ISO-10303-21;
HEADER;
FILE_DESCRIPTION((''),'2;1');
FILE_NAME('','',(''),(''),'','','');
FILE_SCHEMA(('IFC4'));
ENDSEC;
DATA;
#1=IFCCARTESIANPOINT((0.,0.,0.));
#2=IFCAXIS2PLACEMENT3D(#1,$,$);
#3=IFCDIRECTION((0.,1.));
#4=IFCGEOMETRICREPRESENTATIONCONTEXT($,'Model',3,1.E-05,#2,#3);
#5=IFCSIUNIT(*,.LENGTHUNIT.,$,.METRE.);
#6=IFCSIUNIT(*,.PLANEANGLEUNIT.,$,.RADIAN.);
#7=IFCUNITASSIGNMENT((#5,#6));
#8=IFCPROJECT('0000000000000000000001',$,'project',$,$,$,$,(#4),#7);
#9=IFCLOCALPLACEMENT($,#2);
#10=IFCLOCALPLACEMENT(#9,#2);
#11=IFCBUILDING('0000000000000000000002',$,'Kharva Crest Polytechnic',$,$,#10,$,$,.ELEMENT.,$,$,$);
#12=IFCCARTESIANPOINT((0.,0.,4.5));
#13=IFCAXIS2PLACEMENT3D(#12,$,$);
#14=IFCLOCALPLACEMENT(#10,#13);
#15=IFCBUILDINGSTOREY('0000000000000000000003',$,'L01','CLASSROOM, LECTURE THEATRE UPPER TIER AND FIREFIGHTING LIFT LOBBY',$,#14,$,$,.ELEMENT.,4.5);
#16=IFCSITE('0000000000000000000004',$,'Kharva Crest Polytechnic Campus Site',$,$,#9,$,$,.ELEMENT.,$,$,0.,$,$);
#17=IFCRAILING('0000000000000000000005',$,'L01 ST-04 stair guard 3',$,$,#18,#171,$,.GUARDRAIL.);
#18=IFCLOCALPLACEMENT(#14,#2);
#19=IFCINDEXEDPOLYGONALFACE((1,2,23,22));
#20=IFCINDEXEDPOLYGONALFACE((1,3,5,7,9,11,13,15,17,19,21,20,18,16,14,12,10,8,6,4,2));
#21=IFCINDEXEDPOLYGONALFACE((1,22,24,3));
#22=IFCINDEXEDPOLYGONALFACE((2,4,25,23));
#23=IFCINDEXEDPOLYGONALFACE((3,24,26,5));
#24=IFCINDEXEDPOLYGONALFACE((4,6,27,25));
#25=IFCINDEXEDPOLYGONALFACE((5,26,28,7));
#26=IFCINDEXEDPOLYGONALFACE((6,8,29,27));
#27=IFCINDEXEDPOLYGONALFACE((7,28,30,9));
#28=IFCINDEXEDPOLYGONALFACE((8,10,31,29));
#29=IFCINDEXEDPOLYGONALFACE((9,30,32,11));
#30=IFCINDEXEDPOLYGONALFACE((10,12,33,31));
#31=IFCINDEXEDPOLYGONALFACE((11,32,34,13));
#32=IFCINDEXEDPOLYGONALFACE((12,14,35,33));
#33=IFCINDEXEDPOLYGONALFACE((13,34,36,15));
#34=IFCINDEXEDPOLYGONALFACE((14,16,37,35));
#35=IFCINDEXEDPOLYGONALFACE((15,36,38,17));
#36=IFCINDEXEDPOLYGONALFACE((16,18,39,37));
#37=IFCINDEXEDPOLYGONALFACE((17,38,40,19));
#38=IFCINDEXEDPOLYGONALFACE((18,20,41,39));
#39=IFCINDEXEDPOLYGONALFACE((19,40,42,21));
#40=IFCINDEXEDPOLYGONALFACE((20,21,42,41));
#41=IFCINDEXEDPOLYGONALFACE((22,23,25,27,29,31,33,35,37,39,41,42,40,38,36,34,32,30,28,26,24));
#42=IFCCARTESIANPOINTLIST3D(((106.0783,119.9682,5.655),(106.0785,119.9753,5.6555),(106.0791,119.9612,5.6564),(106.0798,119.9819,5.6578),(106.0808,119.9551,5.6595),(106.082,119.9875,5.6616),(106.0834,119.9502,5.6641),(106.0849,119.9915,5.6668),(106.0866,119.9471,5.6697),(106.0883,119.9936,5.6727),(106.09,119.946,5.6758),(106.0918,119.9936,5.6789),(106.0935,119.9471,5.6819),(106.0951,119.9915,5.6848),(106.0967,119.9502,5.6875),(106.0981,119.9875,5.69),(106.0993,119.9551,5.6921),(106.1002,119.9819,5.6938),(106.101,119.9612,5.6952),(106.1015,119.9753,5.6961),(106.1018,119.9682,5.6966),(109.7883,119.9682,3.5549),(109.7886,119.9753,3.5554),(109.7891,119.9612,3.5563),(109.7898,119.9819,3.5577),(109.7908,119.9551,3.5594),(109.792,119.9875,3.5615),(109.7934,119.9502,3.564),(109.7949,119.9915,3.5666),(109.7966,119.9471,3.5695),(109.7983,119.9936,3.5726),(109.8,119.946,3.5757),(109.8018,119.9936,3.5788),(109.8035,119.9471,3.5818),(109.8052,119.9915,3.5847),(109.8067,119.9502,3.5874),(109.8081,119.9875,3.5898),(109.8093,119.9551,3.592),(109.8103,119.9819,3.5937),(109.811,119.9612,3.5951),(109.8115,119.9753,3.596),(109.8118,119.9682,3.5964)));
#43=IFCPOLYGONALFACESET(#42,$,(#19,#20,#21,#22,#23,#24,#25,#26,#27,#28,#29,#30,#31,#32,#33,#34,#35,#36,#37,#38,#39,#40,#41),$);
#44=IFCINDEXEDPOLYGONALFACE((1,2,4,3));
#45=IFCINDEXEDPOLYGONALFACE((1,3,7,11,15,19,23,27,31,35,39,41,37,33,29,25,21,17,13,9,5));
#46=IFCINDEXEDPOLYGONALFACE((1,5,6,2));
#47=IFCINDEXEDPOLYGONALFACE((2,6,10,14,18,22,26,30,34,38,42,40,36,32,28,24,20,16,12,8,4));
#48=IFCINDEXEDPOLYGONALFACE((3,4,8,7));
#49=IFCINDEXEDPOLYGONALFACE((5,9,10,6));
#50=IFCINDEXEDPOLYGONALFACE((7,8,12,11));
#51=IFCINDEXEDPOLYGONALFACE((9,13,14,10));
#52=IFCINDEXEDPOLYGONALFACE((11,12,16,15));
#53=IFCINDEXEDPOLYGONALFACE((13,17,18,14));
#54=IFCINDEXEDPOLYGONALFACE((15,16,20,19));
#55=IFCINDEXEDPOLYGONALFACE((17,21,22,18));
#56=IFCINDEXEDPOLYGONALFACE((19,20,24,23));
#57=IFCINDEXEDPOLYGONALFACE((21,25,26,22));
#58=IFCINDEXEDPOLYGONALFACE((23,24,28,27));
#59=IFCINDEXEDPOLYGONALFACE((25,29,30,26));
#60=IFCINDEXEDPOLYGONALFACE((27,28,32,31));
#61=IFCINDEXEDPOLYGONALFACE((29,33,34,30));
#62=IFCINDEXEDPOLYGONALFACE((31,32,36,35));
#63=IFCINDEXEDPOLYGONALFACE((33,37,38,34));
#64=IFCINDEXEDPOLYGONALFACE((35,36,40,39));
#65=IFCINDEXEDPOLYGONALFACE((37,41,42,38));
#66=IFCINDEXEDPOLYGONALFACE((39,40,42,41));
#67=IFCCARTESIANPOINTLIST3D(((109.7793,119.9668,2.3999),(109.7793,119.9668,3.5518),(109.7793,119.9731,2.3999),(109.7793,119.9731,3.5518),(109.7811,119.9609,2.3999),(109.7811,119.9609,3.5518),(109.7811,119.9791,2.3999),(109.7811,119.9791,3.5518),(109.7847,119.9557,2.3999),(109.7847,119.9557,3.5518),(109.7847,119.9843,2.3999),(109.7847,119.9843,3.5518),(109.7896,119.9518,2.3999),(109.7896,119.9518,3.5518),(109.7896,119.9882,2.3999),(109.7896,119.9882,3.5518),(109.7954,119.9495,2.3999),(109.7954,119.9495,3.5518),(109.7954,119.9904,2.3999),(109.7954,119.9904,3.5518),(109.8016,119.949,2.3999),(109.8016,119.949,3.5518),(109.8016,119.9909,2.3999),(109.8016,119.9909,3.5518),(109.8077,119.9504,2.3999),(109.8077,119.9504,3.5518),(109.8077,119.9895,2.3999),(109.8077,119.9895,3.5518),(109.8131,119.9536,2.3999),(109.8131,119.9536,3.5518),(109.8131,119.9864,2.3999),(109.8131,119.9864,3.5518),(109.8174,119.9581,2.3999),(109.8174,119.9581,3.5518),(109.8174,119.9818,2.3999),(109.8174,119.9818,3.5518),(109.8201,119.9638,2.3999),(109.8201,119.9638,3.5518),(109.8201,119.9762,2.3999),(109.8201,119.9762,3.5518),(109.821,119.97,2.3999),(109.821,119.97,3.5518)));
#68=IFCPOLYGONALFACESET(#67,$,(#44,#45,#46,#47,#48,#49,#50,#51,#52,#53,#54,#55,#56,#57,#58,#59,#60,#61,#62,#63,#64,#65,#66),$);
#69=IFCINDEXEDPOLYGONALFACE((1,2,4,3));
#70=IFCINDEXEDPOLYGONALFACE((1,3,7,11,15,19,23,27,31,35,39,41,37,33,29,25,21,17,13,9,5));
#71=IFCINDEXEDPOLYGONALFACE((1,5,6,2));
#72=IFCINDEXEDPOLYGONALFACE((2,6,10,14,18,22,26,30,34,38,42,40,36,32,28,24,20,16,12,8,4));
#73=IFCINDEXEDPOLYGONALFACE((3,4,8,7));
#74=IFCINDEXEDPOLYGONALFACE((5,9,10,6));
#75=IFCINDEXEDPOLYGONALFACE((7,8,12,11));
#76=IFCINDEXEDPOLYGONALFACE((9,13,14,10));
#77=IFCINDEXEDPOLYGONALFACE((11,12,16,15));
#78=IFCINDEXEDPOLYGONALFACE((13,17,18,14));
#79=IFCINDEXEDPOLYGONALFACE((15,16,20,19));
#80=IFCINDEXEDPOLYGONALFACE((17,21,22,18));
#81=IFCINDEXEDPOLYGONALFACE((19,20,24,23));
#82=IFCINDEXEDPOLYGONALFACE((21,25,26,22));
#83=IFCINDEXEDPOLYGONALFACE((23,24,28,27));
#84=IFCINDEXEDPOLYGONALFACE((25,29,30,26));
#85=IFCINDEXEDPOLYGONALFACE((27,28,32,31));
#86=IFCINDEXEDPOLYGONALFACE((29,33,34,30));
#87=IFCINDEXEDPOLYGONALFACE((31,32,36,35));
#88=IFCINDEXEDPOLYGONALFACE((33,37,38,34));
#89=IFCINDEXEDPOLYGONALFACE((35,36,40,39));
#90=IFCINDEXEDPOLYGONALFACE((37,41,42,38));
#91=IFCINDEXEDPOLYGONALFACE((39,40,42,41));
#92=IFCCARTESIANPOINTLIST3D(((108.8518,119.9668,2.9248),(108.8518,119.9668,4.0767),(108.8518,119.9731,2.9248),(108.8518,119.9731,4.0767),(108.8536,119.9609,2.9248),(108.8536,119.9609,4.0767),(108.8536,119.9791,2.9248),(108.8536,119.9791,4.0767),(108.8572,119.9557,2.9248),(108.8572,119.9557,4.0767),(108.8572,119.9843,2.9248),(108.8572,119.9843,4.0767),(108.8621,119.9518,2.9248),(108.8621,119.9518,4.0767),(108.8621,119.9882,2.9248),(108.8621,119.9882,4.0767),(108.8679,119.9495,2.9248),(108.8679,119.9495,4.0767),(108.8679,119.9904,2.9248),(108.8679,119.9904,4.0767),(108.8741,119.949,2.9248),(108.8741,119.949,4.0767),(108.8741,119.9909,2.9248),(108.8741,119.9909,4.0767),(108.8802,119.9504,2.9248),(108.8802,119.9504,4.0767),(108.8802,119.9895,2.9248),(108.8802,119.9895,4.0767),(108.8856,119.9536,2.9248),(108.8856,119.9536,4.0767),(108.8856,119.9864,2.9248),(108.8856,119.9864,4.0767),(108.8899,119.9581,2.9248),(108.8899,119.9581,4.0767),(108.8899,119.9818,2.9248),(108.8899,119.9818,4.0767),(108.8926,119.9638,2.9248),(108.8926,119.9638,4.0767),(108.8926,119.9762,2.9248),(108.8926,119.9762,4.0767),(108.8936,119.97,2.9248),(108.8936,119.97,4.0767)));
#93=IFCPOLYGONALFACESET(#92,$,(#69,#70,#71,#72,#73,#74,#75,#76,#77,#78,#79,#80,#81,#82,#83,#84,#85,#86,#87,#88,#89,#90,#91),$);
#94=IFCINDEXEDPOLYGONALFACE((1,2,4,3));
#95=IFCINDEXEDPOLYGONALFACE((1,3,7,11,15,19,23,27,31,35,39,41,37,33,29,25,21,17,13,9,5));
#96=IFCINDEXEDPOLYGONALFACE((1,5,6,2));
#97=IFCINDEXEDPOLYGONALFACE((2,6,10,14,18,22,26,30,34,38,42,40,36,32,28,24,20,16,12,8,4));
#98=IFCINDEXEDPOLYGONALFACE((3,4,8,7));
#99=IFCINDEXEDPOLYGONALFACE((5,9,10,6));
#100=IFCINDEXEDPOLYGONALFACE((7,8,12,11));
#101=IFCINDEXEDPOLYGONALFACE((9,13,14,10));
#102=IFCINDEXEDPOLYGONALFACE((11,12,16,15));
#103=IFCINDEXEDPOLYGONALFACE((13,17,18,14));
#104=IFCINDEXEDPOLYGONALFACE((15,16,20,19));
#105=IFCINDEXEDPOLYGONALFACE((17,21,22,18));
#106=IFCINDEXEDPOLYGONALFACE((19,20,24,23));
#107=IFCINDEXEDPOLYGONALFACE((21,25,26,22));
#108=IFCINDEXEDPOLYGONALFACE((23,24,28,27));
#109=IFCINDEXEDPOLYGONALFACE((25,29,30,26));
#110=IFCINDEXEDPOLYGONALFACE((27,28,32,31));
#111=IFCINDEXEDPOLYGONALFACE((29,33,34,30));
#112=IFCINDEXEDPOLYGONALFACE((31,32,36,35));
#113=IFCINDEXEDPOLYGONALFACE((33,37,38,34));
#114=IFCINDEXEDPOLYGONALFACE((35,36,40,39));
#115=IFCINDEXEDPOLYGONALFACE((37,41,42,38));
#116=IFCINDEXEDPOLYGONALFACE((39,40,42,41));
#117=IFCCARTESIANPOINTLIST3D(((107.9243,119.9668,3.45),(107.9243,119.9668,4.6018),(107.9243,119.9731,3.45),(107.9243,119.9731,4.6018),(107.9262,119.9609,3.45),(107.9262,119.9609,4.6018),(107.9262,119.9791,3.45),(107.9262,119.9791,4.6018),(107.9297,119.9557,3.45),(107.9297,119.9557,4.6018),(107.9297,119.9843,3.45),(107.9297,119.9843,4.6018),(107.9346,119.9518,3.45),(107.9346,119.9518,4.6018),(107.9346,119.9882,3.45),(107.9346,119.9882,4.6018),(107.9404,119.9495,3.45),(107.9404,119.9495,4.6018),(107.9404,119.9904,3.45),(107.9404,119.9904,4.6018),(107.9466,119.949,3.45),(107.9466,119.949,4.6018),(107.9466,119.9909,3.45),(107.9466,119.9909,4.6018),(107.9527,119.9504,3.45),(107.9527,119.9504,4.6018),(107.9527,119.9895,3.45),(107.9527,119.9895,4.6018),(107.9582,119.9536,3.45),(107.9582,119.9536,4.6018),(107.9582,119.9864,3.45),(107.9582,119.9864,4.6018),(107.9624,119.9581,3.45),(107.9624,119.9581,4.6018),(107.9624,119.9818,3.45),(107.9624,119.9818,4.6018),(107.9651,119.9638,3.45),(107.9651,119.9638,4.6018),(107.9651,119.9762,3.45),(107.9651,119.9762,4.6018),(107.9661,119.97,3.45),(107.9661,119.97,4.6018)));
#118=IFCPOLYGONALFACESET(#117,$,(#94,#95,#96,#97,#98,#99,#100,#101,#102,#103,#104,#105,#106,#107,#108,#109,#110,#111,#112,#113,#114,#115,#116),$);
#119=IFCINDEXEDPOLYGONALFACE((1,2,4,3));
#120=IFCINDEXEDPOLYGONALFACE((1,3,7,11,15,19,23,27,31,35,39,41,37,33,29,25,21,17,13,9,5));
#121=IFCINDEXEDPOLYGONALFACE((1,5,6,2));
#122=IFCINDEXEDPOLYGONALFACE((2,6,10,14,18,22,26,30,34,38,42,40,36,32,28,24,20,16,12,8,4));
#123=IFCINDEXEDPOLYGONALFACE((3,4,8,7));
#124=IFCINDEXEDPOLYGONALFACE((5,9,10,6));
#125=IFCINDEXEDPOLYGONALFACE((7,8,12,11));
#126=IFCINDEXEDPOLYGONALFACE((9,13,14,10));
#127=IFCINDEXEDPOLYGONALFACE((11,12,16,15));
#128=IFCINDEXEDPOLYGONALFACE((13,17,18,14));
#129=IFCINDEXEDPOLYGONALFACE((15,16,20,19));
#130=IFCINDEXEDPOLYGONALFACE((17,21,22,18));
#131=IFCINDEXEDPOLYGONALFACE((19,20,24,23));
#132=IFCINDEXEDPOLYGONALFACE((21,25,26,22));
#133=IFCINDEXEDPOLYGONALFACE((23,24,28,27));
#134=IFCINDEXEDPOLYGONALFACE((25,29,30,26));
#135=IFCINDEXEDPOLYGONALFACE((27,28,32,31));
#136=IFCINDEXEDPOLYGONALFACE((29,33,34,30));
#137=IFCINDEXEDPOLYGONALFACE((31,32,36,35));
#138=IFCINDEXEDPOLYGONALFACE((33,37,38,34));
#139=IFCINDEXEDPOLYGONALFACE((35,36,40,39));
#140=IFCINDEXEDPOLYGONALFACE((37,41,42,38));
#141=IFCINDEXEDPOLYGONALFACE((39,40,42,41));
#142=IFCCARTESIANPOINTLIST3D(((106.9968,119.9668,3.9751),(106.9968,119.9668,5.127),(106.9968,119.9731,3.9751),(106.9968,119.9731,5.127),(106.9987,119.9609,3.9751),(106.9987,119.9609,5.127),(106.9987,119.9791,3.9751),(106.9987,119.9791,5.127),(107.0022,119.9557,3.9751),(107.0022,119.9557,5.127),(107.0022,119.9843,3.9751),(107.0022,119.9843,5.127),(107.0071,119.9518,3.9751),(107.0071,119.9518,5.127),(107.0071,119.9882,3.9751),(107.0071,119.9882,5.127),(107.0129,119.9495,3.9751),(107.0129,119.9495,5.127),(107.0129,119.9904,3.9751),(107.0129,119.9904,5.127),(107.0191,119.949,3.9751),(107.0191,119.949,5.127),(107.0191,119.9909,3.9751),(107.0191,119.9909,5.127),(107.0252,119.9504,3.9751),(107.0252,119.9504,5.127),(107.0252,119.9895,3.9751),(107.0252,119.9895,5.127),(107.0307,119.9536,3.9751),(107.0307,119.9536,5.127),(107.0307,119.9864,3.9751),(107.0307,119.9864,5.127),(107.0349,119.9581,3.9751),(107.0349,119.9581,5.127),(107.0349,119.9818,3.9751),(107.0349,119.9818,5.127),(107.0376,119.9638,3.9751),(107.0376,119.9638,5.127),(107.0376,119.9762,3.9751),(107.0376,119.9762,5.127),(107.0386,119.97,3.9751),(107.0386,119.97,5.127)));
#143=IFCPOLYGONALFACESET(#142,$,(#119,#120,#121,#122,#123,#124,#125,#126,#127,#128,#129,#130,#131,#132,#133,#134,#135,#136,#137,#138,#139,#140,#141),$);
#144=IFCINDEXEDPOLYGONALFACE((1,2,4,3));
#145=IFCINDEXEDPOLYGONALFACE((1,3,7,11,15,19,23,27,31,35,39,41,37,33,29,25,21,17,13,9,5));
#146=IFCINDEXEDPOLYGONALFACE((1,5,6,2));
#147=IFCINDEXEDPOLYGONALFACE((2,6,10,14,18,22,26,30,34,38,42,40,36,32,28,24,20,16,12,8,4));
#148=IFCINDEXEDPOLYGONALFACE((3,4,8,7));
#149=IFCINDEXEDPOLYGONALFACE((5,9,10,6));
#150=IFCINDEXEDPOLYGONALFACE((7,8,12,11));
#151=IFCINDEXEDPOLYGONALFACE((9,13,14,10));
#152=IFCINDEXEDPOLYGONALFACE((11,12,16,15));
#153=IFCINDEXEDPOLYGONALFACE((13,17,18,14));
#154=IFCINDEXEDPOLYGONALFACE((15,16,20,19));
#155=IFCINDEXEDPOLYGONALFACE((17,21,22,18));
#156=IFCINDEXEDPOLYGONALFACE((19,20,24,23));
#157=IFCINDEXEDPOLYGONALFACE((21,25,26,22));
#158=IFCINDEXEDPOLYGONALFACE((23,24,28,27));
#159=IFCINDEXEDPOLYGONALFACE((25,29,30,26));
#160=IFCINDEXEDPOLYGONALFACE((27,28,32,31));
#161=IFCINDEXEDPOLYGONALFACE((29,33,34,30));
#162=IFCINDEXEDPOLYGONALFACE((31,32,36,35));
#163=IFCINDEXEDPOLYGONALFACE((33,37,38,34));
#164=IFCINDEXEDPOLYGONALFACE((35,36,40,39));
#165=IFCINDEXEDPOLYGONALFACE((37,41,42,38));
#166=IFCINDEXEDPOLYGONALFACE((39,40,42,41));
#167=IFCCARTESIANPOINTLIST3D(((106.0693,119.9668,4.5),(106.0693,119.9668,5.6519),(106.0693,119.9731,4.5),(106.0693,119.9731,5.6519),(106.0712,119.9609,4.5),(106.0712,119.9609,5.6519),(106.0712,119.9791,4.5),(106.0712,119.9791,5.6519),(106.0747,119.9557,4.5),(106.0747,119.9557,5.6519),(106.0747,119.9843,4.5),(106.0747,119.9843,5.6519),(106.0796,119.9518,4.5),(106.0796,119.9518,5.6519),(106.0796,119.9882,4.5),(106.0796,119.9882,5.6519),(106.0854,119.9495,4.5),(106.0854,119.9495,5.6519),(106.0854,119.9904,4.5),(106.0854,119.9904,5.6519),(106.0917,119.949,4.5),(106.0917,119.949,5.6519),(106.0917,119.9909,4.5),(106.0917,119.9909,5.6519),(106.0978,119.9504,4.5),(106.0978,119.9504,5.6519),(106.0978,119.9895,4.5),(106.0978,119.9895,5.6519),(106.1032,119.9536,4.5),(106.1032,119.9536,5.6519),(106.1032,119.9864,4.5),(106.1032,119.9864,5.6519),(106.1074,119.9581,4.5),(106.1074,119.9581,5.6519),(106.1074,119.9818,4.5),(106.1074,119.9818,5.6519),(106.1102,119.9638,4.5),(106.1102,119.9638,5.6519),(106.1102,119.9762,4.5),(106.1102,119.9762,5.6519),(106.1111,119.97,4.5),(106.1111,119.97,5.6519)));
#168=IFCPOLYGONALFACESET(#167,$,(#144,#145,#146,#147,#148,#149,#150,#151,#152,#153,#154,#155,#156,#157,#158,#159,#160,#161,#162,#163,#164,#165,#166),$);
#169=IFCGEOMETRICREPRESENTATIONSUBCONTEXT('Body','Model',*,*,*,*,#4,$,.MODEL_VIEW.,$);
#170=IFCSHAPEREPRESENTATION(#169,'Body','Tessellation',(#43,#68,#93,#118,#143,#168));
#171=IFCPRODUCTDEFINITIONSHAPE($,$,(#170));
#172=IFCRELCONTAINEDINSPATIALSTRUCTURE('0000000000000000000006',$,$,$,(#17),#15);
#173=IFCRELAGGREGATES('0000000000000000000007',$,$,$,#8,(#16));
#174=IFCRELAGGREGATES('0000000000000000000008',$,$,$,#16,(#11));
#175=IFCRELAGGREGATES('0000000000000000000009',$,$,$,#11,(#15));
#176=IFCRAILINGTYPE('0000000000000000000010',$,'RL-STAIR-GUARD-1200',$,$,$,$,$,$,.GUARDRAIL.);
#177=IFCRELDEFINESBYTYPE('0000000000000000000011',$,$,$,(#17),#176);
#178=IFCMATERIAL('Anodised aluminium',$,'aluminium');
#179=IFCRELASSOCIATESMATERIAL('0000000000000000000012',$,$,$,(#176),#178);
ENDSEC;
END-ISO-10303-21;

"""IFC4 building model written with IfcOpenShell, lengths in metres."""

from ifc_helpers import new_model, si_unit, direction, frame, origin, origin_2d, place, context, subcontext, project, spatial, circle, extrude, material, type_object, element, save


model = new_model("IFC4")

# Units and contexts
model_context = context("Model", 3, precision=1e-05, world=origin(), true_north=direction((0.0, 1.0)))
body_context = subcontext(model_context, "Body", "Model", "MODEL_VIEW")
ifc_project = project(units=[si_unit("LENGTHUNIT", "METRE"), si_unit("PLANEANGLEUNIT", "RADIAN")], contexts=[model_context])

# Site, building, storey
site_placement = place(None, origin())
site = spatial("IfcSite", under=ifc_project, at=site_placement, Name="Kharva Crest Polytechnic Campus Site", CompositionType="ELEMENT", RefElevation=0.0)
building_placement = place(site_placement, origin())
building = spatial("IfcBuilding", under=site, at=building_placement, Name="Kharva Crest Polytechnic", CompositionType="ELEMENT")
storey_placement = place(building_placement, frame((0.0, 0.0, 4.5)))
storey = spatial("IfcBuildingStorey", under=building, at=storey_placement, Name="L01", Description="CLASSROOM, LECTURE THEATRE UPPER TIER AND FIREFIGHTING LIFT LOBBY", CompositionType="ELEMENT", Elevation=4.5)

# Railing
ifc_material_1 = material(Name="Anodised aluminium", Category="aluminium")
railing_type_1 = type_object("IfcRailingType", Name="RL-STAIR-GUARD-1200", PredefinedType="GUARDRAIL", material=ifc_material_1)
railing_1_placement = place(storey_placement, frame((109.8, 119.97, 2.3999)))
element("IfcRailing", 1, at=railing_1_placement, inside=storey, type_object=railing_type_1, Name="L01 ST-04 stair guard 3", PredefinedType="GUARDRAIL", context=body_context, shape_type="SweptSolid", body=[
    extrude(circle(Radius=0.0239, at=origin_2d()), frame((0.0, 0.0, 1.1758), z_axis=(-0.870245, 0.0, 0.492619), x_axis=(0.0, -1.0, 0.0)), (0.0, 0.0, 1.0), 4.2632),
    extrude(circle(Radius=0.021, at=origin_2d()), origin(), (0.0, 0.0, 1.0), 1.1519),
    extrude(circle(Radius=0.021, at=origin_2d()), frame((-0.9275, 0.0, 0.5249)), (0.0, 0.0, 1.0), 1.1519),
    extrude(circle(Radius=0.021, at=origin_2d()), frame((-1.855, 0.0, 1.05)), (0.0, 0.0, 1.0), 1.1519),
    extrude(circle(Radius=0.021, at=origin_2d()), frame((-2.7825, 0.0, 1.5752)), (0.0, 0.0, 1.0), 1.1519),
    extrude(circle(Radius=0.021, at=origin_2d()), frame((-3.71, 0.0, 2.1001)), (0.0, 0.0, 1.0), 1.1519),
])

save(model, "model.ifc")
